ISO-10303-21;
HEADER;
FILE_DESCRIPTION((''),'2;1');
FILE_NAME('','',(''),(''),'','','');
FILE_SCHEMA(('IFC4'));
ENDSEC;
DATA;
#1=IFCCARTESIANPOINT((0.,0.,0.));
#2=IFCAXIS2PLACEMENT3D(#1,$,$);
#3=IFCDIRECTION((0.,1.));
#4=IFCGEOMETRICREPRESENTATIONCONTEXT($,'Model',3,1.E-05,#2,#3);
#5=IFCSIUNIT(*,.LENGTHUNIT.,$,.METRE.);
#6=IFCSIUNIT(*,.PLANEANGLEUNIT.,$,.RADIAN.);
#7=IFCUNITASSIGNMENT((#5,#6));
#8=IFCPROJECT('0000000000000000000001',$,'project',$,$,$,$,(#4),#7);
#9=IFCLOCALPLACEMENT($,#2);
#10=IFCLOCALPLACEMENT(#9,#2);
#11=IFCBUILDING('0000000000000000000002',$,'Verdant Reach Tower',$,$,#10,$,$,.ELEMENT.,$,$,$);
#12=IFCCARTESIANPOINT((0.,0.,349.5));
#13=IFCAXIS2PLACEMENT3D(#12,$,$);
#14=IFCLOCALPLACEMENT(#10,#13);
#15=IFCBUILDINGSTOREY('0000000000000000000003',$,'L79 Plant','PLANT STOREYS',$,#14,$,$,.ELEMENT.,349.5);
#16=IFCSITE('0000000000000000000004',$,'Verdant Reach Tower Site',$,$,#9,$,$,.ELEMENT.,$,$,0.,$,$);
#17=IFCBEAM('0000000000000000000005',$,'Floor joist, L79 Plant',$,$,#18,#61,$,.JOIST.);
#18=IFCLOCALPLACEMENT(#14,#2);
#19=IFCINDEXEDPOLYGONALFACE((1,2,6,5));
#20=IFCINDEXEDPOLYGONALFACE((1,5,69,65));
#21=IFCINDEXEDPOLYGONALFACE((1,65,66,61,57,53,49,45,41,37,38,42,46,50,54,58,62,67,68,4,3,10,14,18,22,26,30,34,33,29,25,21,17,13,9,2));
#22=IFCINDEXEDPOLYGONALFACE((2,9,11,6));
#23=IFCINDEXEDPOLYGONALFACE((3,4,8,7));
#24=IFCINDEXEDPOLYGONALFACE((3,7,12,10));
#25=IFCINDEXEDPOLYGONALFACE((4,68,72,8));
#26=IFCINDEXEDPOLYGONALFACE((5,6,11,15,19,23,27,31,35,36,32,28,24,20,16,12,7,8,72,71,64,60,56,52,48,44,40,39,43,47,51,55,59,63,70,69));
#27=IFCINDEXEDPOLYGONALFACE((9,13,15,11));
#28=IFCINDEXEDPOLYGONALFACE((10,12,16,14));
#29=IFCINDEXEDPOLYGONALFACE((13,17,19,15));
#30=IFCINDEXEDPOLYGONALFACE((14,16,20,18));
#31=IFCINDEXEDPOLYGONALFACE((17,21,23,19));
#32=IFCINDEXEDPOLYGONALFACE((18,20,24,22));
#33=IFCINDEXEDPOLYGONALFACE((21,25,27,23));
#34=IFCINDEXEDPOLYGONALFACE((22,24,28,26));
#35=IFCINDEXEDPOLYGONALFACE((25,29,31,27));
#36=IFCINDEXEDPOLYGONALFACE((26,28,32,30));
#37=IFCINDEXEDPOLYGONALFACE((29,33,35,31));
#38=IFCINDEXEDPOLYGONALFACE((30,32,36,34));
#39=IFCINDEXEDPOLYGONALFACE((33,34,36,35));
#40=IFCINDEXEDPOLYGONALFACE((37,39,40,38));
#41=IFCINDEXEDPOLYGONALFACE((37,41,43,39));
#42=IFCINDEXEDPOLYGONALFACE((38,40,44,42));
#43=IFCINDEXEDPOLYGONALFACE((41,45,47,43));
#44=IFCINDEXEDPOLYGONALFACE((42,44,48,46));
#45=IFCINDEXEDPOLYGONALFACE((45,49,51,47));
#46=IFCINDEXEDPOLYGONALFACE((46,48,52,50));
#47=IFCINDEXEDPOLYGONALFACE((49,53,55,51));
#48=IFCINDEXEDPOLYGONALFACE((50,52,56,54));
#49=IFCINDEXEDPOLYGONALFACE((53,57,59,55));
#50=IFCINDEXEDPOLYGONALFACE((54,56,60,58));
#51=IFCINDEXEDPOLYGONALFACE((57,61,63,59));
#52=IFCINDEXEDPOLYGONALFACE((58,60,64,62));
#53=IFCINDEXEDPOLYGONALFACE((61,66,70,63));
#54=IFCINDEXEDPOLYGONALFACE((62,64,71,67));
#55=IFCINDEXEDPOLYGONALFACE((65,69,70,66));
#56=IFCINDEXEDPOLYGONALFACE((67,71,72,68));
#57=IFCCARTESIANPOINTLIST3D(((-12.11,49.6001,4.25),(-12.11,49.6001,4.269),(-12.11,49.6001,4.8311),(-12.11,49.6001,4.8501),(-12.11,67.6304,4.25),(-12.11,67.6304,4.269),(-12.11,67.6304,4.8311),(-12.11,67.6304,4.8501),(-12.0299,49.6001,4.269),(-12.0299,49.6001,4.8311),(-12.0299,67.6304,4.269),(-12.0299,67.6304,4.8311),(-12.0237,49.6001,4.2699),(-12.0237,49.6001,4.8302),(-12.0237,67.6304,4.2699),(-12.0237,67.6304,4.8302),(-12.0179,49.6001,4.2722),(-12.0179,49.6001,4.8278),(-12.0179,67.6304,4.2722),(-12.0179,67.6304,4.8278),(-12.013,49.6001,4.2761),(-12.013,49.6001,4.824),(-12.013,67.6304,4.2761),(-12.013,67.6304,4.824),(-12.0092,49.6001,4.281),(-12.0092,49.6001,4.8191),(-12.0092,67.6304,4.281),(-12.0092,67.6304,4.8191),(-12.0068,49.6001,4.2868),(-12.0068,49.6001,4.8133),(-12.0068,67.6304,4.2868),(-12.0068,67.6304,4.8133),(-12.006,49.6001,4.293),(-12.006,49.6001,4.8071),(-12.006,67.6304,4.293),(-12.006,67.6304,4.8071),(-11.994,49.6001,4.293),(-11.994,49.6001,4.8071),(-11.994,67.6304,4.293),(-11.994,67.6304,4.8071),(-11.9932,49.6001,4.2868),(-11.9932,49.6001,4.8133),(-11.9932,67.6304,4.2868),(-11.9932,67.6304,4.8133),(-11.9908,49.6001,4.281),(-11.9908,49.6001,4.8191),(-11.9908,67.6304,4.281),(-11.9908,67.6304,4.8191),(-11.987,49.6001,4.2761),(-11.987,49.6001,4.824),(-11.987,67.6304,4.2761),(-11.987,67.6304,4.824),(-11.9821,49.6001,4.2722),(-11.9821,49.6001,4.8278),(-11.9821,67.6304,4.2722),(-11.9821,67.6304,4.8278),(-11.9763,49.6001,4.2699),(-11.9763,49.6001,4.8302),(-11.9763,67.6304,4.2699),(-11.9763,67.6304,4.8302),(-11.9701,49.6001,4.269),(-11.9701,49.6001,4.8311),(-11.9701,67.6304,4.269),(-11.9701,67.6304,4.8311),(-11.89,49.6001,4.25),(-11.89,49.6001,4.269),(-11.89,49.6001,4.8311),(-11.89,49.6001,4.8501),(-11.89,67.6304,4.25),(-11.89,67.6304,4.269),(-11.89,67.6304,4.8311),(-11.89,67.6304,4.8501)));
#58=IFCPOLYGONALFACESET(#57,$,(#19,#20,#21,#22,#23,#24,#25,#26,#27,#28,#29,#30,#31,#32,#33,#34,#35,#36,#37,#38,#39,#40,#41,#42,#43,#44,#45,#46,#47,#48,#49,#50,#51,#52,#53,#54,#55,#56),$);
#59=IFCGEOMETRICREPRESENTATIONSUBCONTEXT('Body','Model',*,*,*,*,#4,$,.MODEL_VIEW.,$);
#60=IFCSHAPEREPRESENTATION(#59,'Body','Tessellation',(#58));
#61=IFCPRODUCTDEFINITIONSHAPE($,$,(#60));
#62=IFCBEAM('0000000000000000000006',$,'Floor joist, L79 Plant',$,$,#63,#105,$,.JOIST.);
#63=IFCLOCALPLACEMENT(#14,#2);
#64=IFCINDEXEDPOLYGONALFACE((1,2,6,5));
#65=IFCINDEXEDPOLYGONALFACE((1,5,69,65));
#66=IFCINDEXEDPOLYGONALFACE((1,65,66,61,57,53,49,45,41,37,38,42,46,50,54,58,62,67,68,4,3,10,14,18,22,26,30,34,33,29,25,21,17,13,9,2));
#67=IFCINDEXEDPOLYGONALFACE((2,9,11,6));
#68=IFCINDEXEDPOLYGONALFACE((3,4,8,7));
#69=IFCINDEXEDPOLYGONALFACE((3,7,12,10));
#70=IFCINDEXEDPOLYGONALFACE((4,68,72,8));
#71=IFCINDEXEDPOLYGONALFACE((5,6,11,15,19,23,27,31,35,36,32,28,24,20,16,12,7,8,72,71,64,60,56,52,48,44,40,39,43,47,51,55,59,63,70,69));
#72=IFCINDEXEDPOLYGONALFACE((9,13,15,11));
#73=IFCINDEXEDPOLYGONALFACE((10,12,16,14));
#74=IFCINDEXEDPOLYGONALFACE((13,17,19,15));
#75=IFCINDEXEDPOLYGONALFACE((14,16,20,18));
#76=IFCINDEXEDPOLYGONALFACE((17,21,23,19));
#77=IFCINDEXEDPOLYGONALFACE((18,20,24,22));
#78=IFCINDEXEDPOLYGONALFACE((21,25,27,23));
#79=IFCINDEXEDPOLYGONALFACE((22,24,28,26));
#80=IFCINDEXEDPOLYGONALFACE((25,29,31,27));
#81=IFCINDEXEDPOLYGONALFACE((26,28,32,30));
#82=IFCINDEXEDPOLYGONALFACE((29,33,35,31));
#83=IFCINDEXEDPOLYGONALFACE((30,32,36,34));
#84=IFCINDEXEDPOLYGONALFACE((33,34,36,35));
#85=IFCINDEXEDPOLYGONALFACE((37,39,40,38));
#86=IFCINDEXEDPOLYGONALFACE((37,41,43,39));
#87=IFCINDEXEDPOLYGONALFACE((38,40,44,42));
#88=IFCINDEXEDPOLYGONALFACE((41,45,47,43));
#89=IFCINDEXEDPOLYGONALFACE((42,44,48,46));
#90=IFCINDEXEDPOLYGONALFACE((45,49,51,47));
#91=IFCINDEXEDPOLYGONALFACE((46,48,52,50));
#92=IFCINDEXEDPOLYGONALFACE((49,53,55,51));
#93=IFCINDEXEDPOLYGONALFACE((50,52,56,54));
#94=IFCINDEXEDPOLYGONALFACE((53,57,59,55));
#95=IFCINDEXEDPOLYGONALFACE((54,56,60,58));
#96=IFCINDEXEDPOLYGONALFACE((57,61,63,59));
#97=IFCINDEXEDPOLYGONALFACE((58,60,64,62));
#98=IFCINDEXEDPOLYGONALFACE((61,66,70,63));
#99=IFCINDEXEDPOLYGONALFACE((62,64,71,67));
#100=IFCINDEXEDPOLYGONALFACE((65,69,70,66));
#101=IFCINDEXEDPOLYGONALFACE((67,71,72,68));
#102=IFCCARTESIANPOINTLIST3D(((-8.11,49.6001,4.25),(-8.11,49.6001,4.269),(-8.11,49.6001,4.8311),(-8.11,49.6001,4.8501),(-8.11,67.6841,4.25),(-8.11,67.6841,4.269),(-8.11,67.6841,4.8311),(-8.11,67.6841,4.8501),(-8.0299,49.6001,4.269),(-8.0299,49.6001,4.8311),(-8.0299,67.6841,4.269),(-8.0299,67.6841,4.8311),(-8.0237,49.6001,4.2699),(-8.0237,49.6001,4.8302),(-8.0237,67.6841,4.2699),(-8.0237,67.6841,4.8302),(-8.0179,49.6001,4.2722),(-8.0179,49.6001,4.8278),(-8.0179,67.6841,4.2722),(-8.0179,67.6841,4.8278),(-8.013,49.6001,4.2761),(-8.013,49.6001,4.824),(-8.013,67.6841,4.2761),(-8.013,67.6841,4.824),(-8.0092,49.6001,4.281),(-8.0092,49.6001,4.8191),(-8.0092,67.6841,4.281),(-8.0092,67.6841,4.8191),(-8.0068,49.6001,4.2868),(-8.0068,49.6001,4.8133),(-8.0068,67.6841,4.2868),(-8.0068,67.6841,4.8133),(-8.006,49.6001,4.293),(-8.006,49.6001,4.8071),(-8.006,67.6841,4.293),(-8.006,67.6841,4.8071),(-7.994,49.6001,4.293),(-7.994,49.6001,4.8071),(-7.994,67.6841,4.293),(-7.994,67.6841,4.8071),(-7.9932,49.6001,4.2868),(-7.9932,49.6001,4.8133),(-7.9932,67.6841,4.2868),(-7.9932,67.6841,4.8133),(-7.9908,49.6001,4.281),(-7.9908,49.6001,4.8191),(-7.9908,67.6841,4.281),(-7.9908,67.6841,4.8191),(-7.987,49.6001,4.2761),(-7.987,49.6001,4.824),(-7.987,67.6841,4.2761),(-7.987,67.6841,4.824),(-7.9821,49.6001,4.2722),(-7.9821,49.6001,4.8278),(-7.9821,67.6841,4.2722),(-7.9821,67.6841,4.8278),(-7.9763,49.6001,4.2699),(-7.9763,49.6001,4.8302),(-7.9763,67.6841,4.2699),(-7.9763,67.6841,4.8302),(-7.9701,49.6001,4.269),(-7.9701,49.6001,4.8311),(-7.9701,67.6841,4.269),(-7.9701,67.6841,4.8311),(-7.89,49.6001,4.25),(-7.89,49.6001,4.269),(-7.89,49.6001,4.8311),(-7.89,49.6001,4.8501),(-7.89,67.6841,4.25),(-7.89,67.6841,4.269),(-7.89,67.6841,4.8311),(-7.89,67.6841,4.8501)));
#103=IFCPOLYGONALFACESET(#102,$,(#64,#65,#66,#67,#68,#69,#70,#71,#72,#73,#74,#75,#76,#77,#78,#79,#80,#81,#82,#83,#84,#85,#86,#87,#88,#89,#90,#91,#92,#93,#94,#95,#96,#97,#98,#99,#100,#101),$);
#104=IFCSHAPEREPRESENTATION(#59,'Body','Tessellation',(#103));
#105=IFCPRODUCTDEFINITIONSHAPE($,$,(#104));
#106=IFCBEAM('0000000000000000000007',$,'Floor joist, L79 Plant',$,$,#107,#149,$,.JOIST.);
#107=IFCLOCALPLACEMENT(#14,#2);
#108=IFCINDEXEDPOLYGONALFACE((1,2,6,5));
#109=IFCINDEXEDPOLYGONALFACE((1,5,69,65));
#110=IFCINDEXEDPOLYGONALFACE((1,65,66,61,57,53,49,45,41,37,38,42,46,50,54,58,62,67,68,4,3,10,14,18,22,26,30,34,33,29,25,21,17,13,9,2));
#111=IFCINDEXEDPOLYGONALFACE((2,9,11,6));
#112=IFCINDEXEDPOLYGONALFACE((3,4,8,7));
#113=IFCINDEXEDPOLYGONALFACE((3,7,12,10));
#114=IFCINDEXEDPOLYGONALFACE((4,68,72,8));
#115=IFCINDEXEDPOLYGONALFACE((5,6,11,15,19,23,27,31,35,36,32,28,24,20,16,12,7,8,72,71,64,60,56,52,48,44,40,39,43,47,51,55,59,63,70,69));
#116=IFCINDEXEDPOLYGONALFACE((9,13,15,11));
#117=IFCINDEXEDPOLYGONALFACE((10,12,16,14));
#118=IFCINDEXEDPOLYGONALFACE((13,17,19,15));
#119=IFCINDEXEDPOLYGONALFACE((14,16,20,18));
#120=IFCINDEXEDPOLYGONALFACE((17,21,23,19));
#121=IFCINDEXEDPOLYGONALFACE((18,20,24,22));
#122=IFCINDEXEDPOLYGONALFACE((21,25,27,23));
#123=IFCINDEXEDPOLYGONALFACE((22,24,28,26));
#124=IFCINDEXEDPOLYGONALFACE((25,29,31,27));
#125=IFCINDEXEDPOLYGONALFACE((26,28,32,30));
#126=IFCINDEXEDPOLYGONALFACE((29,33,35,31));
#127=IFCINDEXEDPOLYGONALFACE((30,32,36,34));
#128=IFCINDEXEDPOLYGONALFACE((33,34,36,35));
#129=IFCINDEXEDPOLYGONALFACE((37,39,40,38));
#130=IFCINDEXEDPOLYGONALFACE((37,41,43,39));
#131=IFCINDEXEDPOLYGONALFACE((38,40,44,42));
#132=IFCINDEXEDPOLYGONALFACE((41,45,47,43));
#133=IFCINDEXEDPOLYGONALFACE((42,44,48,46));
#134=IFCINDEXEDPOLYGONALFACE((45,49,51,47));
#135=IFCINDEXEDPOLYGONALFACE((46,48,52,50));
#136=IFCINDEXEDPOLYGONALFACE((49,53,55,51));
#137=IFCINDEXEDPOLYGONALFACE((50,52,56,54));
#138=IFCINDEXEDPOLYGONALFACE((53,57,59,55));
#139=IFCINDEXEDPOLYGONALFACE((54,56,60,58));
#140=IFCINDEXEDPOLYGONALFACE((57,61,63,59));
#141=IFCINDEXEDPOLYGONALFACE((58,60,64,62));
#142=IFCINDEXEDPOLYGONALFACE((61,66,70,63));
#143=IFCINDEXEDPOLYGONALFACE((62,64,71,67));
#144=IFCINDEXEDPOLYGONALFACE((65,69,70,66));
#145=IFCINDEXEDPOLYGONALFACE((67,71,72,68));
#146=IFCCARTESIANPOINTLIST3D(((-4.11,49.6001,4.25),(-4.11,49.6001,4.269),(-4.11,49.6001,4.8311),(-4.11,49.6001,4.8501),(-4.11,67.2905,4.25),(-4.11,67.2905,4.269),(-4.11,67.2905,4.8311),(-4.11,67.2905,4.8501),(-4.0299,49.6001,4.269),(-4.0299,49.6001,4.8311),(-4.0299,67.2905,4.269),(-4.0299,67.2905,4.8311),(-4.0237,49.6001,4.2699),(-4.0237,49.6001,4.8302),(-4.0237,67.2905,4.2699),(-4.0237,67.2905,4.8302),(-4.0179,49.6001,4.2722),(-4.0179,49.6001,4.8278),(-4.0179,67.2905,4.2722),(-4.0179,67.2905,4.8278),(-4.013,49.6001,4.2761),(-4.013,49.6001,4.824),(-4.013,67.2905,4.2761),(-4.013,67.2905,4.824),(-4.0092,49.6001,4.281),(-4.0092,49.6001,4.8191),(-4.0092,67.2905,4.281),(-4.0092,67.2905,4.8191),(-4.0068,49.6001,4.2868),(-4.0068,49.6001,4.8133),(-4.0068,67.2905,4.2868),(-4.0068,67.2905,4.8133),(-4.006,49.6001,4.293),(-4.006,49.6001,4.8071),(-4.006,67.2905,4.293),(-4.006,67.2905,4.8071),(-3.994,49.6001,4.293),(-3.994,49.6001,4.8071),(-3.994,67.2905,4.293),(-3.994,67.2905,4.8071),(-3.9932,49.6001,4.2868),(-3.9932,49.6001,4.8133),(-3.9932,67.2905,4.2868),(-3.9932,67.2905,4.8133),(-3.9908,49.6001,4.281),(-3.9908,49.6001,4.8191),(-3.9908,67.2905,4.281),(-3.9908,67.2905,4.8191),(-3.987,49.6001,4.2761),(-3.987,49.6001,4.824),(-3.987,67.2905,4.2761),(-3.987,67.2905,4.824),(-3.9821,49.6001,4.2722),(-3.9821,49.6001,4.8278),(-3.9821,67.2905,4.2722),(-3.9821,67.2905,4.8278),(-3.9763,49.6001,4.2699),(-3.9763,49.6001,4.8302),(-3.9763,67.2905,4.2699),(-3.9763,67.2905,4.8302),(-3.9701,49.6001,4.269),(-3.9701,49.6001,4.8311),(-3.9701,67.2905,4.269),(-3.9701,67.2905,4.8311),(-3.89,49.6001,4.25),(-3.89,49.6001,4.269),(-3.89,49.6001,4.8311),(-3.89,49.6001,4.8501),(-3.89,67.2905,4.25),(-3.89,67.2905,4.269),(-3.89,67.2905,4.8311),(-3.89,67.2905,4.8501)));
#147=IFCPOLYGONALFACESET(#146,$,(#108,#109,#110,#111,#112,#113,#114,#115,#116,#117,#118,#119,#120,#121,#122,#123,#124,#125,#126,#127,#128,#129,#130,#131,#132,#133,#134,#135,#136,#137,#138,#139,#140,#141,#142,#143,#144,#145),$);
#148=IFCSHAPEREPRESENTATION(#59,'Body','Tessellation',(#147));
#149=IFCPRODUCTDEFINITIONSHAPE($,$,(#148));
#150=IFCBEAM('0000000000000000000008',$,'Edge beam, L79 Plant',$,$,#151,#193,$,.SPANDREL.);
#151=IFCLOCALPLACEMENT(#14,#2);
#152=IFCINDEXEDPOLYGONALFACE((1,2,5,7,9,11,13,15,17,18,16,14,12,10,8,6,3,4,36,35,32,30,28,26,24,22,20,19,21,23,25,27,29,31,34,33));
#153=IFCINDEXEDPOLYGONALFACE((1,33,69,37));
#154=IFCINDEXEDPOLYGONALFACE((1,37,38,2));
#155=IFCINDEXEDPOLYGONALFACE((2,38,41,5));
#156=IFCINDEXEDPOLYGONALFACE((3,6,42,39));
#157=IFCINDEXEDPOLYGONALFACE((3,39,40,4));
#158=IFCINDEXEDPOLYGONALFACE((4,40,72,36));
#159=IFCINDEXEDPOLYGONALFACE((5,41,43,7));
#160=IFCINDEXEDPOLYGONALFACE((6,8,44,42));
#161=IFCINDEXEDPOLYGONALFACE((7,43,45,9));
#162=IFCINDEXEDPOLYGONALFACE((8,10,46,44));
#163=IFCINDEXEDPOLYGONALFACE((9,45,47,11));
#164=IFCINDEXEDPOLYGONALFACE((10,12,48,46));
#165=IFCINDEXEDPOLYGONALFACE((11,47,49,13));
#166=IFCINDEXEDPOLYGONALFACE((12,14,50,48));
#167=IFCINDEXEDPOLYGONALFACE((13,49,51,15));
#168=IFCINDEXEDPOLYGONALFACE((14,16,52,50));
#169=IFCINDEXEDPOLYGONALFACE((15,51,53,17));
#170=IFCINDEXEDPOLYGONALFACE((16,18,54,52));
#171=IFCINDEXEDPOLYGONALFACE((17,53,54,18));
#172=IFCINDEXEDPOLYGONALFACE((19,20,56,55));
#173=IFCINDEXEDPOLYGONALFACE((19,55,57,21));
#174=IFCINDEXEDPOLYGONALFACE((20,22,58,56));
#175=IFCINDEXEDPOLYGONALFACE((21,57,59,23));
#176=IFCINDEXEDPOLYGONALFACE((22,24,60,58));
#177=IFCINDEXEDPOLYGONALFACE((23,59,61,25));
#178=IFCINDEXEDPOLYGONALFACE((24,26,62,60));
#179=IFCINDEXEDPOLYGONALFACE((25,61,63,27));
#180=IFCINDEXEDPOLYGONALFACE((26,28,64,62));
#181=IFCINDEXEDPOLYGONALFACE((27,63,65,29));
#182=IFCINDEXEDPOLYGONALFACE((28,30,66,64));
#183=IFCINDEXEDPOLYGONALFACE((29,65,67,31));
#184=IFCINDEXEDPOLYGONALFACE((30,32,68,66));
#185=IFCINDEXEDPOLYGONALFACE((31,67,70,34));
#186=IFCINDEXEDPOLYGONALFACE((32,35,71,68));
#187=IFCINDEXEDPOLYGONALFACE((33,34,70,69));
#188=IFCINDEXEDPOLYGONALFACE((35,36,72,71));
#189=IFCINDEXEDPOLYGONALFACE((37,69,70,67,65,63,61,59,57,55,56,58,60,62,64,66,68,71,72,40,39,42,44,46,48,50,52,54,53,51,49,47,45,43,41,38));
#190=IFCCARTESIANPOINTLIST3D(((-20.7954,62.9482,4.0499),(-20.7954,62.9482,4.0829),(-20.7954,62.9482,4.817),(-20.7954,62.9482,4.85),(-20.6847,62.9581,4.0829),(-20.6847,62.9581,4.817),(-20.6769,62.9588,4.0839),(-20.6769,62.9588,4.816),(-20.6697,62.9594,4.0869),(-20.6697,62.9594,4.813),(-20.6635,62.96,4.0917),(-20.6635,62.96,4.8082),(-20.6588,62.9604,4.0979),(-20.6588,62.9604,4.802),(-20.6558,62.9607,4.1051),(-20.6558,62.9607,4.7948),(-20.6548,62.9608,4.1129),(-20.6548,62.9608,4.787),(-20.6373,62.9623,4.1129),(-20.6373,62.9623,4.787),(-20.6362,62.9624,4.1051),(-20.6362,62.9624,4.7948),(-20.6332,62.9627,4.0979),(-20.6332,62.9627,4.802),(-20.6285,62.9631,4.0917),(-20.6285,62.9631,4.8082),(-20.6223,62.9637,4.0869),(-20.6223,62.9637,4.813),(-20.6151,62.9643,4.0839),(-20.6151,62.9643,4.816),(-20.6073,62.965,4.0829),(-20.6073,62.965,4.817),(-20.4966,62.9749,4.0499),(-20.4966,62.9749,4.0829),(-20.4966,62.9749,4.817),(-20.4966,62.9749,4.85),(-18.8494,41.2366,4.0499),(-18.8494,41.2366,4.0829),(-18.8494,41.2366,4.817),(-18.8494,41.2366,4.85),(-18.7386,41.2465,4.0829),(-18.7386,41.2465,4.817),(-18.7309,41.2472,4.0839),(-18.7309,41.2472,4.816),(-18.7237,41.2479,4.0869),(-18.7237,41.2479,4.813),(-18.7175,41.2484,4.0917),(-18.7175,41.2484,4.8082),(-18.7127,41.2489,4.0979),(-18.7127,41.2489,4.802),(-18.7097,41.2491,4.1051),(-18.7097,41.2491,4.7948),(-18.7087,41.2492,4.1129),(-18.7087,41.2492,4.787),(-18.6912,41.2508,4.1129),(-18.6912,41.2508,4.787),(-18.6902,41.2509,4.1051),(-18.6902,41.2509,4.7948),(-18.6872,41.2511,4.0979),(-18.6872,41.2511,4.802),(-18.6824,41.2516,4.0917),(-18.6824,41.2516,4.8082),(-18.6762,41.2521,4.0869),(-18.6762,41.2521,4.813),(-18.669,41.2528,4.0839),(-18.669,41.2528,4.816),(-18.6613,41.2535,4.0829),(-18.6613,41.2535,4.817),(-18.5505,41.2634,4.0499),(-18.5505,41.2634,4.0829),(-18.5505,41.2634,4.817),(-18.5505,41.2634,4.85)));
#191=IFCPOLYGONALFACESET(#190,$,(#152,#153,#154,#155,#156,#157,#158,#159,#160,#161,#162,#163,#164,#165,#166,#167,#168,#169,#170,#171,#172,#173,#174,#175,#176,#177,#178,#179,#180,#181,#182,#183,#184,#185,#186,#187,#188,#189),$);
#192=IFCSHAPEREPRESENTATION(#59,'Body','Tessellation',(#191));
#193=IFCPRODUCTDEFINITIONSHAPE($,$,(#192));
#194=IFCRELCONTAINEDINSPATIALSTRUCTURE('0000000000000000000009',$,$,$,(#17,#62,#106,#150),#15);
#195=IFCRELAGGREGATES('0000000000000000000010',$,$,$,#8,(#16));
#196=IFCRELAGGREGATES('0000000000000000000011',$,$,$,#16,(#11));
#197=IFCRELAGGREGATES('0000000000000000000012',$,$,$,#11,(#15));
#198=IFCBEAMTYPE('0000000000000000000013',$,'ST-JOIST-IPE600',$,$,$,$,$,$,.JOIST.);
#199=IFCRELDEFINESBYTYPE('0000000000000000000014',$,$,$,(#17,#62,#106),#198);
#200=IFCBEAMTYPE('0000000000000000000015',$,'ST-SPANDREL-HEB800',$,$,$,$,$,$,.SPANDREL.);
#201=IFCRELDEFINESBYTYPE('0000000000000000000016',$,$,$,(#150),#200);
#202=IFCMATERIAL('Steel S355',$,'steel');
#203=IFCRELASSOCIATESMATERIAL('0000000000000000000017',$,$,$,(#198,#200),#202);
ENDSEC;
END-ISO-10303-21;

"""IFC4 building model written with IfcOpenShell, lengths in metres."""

from ifc_helpers import new_model, si_unit, direction, frame, origin, origin_2d, place, context, subcontext, project, spatial, i_section, extrude, material, material_profile, profile_set, type_object, element, save


model = new_model("IFC4")

# Units and contexts
model_context = context("Model", 3, precision=1e-05, world=origin(), true_north=direction((0.0, 1.0)))
body_context = subcontext(model_context, "Body", "Model", "MODEL_VIEW")
ifc_project = project(units=[si_unit("LENGTHUNIT", "METRE"), si_unit("PLANEANGLEUNIT", "RADIAN")], contexts=[model_context])

# Site, building, storey
site_placement = place(None, origin())
site = spatial("IfcSite", under=ifc_project, at=site_placement, Name="Verdant Reach Tower Site", CompositionType="ELEMENT", RefElevation=0.0)
building_placement = place(site_placement, origin())
building = spatial("IfcBuilding", under=site, at=building_placement, Name="Verdant Reach Tower", CompositionType="ELEMENT")
storey_placement = place(building_placement, frame((0.0, 0.0, 349.5)))
storey = spatial("IfcBuildingStorey", under=building, at=storey_placement, Name="L79 Plant", Description="PLANT STOREYS", CompositionType="ELEMENT", Elevation=349.5)

# Beams
ifc_material_1 = material(Name="Steel S355", Category="steel")
ifc_material_profile_1 = material_profile(ifc_material_1, i_section(OverallWidth=0.22, OverallDepth=0.6001, WebThickness=0.012, FlangeThickness=0.019, FilletRadius=0.0239, at=origin_2d()), Name="IPE 600")
ifc_profile_set_1 = profile_set([ifc_material_profile_1], Name="Steel S355")
beam_type_1 = type_object("IfcBeamType", Name="ST-JOIST-IPE600", PredefinedType="JOIST", material=ifc_profile_set_1)
beam_1_placement = place(storey_placement, frame((-12.0, 49.6001, 4.55), z_axis=(0.0, 1.0, 0.0), x_axis=(-1.0, 0.0, 0.0)))
element("IfcBeam", 1, at=beam_1_placement, inside=storey, type_object=beam_type_1, Name="Floor joist, L79 Plant", PredefinedType="JOIST", context=body_context, shape_type="SweptSolid", body=[
    extrude(i_section(OverallWidth=0.22, OverallDepth=0.6001, WebThickness=0.012, FlangeThickness=0.019, FilletRadius=0.0239, at=origin_2d()), origin(), (0.0, 0.0, 1.0), 18.0303),
])
beam_2_placement = place(storey_placement, frame((-8.0, 49.6001, 4.55), z_axis=(0.0, 1.0, 0.0), x_axis=(-1.0, 0.0, 0.0)))
element("IfcBeam", 2, at=beam_2_placement, inside=storey, type_object=beam_type_1, Name="Floor joist, L79 Plant", PredefinedType="JOIST", context=body_context, shape_type="SweptSolid", body=[
    extrude(i_section(OverallWidth=0.22, OverallDepth=0.6001, WebThickness=0.012, FlangeThickness=0.019, FilletRadius=0.0239, at=origin_2d()), origin(), (0.0, 0.0, 1.0), 18.084),
])
beam_3_placement = place(storey_placement, frame((-4.0, 49.6001, 4.55), z_axis=(0.0, 1.0, 0.0), x_axis=(-1.0, 0.0, 0.0)))
element("IfcBeam", 3, at=beam_3_placement, inside=storey, type_object=beam_type_1, Name="Floor joist, L79 Plant", PredefinedType="JOIST", context=body_context, shape_type="SweptSolid", body=[
    extrude(i_section(OverallWidth=0.22, OverallDepth=0.6001, WebThickness=0.012, FlangeThickness=0.019, FilletRadius=0.0239, at=origin_2d()), origin(), (0.0, 0.0, 1.0), 17.6904),
])
ifc_material_profile_2 = material_profile(ifc_material_1, i_section(OverallWidth=0.3, OverallDepth=0.8, WebThickness=0.0176, FlangeThickness=0.033, FilletRadius=0.03, at=origin_2d()), Name="HEB 800")
ifc_profile_set_2 = profile_set([ifc_material_profile_2], Name="Steel S355")
beam_type_2 = type_object("IfcBeamType", Name="ST-SPANDREL-HEB800", PredefinedType="SPANDREL", material=ifc_profile_set_2)
beam_4_placement = place(storey_placement, frame((-18.7, 41.25, 4.45), z_axis=(-0.089274, 0.996007, 0.0), x_axis=(-0.996007, -0.089274, 0.0)))
element("IfcBeam", 4, at=beam_4_placement, inside=storey, type_object=beam_type_2, Name="Edge beam, L79 Plant", PredefinedType="SPANDREL", context=body_context, shape_type="SweptSolid", body=[
    extrude(i_section(OverallWidth=0.3, OverallDepth=0.8, WebThickness=0.0176, FlangeThickness=0.033, FilletRadius=0.03, at=origin_2d()), origin(), (0.0, 0.0, 1.0), 21.7986),
])

save(model, "model.ifc")
